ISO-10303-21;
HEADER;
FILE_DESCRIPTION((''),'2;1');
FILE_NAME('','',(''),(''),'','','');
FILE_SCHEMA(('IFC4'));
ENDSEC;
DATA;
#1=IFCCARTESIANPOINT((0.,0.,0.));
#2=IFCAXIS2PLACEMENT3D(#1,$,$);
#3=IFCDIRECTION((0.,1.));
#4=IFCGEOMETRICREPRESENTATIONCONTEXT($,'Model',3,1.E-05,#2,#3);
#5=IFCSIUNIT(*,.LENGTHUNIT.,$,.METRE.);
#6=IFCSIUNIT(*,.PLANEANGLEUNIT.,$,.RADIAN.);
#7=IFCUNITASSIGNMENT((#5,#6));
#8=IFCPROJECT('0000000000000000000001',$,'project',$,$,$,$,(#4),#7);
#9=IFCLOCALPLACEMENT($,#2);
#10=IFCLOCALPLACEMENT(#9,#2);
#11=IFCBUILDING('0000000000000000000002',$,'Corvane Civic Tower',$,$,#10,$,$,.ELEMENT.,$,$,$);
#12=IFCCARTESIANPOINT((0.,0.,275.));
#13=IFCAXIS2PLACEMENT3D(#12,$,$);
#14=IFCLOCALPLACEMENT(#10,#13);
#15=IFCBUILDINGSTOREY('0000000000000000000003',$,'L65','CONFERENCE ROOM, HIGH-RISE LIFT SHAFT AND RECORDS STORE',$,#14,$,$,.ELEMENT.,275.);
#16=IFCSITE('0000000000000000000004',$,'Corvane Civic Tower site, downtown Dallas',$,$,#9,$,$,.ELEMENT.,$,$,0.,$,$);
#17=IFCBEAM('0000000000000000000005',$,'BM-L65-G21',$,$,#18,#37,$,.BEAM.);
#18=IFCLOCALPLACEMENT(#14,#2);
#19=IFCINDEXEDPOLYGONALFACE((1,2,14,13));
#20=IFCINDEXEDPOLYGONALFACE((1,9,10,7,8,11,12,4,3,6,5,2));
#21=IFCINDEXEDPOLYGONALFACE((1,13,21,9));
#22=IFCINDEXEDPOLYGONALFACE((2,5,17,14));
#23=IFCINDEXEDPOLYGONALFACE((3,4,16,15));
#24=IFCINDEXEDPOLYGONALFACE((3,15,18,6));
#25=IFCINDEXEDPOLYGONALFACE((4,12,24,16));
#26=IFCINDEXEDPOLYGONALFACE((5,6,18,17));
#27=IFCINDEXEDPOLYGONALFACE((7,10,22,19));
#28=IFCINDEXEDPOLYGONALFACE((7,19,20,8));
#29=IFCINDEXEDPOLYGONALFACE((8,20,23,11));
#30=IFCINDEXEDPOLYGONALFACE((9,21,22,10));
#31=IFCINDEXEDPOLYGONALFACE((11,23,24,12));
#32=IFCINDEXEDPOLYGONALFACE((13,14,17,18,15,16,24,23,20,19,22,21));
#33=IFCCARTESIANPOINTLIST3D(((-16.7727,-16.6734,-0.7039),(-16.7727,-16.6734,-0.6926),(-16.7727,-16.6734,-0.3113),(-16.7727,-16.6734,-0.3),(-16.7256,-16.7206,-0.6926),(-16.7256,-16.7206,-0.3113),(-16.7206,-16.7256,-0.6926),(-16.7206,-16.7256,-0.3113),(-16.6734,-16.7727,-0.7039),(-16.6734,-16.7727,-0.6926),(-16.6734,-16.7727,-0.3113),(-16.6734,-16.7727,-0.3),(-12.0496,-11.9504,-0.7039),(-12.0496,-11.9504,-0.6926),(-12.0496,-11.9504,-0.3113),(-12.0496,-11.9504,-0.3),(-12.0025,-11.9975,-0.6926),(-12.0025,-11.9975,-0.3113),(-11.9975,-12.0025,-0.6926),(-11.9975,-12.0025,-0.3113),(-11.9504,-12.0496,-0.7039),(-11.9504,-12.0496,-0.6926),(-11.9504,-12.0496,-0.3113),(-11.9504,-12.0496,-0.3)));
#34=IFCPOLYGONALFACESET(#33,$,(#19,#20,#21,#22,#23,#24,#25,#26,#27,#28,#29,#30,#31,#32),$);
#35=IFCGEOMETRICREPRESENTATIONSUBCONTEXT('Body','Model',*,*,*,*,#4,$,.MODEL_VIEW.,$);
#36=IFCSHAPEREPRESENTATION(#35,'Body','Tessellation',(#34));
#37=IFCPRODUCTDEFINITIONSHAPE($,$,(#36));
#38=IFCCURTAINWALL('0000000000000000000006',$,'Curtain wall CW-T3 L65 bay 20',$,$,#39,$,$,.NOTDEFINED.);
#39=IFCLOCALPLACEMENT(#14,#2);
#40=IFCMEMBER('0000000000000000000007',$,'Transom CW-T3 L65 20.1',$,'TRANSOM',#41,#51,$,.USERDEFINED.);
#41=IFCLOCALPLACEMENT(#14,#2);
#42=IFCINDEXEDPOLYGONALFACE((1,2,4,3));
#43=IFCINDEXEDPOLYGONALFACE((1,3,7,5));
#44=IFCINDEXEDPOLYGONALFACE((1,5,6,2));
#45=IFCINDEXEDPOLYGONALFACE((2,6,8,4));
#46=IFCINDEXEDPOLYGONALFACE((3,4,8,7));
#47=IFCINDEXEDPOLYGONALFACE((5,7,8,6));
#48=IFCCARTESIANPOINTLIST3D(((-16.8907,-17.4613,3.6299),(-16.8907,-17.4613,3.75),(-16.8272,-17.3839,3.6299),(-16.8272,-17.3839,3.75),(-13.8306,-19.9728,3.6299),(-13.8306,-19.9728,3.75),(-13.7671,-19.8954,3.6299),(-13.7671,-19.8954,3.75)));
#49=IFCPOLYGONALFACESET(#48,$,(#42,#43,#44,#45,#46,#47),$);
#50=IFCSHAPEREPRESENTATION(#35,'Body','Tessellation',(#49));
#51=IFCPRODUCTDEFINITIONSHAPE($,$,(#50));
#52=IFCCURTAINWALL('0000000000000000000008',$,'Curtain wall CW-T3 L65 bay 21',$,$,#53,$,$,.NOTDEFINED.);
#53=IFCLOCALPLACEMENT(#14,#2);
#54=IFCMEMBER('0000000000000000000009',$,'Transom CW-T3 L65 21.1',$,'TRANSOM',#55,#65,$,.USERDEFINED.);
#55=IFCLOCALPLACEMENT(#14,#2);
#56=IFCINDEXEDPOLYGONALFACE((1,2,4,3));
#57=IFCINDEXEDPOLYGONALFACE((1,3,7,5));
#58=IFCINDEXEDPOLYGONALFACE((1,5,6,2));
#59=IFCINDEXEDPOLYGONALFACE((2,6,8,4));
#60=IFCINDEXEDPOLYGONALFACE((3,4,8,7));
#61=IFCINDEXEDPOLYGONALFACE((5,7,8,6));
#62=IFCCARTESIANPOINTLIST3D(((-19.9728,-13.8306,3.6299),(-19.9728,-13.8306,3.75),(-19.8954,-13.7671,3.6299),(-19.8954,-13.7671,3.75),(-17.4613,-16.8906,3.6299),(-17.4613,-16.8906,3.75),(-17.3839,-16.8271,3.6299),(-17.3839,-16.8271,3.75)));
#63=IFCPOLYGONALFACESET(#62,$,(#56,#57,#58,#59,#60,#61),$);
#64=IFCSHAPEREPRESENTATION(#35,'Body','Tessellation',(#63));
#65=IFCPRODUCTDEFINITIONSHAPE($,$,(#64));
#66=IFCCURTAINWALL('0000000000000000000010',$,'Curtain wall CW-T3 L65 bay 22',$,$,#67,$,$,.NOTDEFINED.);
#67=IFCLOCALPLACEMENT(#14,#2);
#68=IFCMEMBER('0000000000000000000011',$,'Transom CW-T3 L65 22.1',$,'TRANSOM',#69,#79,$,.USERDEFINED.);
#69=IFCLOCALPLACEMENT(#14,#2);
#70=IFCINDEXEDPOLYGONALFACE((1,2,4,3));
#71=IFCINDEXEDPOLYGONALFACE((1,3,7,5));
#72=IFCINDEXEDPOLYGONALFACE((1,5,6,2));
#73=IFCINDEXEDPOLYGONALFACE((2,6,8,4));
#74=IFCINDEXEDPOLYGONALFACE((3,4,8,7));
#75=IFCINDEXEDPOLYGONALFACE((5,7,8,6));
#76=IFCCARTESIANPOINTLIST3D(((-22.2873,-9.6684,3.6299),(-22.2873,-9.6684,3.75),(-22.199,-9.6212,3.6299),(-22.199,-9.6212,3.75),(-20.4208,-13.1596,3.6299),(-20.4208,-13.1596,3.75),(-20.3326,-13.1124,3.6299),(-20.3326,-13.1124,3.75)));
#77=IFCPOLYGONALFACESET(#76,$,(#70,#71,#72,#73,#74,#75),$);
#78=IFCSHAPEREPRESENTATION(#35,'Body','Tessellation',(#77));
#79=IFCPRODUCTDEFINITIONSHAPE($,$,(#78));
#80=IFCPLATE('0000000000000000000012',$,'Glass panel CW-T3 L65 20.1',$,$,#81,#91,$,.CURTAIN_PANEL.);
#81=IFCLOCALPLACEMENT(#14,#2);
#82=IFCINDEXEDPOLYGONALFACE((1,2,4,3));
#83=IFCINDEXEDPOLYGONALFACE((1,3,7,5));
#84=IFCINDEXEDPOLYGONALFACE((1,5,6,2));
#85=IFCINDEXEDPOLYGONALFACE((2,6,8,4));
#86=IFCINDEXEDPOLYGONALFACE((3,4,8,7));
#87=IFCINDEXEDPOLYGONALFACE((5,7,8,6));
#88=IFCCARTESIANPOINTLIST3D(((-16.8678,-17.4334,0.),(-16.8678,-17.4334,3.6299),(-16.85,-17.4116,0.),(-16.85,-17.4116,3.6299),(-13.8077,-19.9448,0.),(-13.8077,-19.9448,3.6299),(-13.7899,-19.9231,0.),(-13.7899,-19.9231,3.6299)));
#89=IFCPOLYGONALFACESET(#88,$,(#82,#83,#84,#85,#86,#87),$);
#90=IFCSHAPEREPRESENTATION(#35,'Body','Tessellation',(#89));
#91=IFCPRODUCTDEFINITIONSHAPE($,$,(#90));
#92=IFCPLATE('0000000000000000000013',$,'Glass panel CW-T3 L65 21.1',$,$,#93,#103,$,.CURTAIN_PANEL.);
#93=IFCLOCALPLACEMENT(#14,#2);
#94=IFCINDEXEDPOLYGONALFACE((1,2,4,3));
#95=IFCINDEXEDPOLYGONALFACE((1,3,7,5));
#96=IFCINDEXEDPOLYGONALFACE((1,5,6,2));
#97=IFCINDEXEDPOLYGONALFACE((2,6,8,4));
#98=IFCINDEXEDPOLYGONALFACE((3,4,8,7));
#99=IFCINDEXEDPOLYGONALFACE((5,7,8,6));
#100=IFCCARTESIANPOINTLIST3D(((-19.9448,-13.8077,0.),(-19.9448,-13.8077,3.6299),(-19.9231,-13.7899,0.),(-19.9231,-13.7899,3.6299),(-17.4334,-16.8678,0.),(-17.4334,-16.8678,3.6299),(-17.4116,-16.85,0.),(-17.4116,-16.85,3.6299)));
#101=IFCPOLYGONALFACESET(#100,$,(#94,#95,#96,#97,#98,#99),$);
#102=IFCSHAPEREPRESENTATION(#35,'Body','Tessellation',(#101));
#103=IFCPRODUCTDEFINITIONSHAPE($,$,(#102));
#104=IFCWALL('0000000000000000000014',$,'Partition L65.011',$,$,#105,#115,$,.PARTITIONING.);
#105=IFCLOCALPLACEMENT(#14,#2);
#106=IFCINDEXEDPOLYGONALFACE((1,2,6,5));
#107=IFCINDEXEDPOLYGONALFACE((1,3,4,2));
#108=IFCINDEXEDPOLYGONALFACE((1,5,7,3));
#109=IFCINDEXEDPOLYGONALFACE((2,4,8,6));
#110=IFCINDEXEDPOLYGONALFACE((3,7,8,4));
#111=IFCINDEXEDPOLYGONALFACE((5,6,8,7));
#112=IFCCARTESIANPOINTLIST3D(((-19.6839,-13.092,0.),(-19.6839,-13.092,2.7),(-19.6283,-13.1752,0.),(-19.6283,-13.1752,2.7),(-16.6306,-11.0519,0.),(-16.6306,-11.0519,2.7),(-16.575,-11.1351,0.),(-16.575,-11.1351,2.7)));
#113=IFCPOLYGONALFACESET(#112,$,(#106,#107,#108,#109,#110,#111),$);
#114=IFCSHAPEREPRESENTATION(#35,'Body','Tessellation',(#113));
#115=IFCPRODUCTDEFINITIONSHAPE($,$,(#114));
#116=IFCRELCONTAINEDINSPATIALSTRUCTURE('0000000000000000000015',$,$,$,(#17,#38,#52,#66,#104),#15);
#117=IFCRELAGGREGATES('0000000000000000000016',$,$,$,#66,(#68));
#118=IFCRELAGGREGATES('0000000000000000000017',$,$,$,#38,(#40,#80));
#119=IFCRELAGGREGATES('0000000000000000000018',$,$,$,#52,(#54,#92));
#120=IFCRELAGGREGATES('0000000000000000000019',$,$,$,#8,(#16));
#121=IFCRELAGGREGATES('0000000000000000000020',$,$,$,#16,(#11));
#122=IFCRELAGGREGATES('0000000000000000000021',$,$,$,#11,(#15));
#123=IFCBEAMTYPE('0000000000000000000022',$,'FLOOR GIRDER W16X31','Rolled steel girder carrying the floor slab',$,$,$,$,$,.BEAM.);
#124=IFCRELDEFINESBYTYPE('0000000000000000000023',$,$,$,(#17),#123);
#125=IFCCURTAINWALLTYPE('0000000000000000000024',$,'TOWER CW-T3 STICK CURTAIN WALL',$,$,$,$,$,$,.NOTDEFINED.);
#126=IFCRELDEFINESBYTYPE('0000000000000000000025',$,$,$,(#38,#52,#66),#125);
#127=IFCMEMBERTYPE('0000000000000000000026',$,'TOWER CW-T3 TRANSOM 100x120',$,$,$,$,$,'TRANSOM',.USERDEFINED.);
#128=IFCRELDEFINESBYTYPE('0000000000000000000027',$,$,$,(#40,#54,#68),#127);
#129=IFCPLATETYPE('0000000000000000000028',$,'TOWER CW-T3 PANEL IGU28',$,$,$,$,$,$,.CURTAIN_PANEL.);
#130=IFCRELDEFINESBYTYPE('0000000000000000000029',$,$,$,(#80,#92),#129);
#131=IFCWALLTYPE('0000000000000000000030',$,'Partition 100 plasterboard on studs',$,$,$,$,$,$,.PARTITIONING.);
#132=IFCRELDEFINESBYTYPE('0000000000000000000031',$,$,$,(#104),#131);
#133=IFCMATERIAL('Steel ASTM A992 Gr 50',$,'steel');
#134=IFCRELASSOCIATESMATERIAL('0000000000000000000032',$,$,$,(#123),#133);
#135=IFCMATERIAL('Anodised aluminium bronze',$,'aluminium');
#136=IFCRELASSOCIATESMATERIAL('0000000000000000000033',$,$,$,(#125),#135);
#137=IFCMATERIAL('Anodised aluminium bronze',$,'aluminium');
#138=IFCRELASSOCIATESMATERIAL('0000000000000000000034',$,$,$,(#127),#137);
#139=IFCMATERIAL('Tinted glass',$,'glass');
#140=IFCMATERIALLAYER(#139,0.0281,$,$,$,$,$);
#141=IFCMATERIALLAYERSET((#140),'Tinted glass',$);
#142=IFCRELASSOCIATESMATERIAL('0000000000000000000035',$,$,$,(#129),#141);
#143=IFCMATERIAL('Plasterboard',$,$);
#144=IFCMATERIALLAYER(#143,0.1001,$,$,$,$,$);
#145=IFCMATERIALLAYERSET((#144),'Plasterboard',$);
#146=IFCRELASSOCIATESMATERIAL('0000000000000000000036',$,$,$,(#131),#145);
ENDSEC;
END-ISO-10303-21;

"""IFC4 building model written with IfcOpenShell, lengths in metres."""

from ifc_helpers import new_model, si_unit, direction, frame, frame_2d, origin, origin_2d, place, context, subcontext, project, spatial, rectangle, i_section, extrude, material, layer, layer_set, material_profile, profile_set, type_object, element, aggregate, save


model = new_model("IFC4")

# Units and contexts
model_context = context("Model", 3, precision=1e-05, world=origin(), true_north=direction((0.0, 1.0)))
body_context = subcontext(model_context, "Body", "Model", "MODEL_VIEW")
ifc_project = project(units=[si_unit("LENGTHUNIT", "METRE"), si_unit("PLANEANGLEUNIT", "RADIAN")], contexts=[model_context])

# Site, building, storey
site_placement = place(None, origin())
site = spatial("IfcSite", under=ifc_project, at=site_placement, Name="Corvane Civic Tower site, downtown Dallas", CompositionType="ELEMENT", RefElevation=0.0)
building_placement = place(site_placement, origin())
building = spatial("IfcBuilding", under=site, at=building_placement, Name="Corvane Civic Tower", CompositionType="ELEMENT")
storey_placement = place(building_placement, frame((0.0, 0.0, 275.0)))
storey = spatial("IfcBuildingStorey", under=building, at=storey_placement, Name="L65", Description="CONFERENCE ROOM, HIGH-RISE LIFT SHAFT AND RECORDS STORE", CompositionType="ELEMENT", Elevation=275.0)

# Beam
ifc_material_1 = material(Name="Steel ASTM A992 Gr 50", Category="steel")
ifc_material_profile_1 = material_profile(ifc_material_1, i_section(OverallWidth=0.1404, OverallDepth=0.4038, WebThickness=0.0071, FlangeThickness=0.0112, at=origin_2d()), Name="W16X31")
ifc_profile_set_1 = profile_set([ifc_material_profile_1], Name="Steel ASTM A992 Gr 50")
beam_type_1 = type_object("IfcBeamType", Name="FLOOR GIRDER W16X31", Description="Rolled steel girder carrying the floor slab", PredefinedType="BEAM", material=ifc_profile_set_1)
beam_1_placement = place(storey_placement, frame((-12.0, -12.0, -0.502), z_axis=(-0.707107, -0.707107, 0.0), x_axis=(0.707107, -0.707107, 0.0)))
element("IfcBeam", 1, at=beam_1_placement, inside=storey, type_object=beam_type_1, Name="BM-L65-G21", PredefinedType="BEAM", context=body_context, shape_type="SweptSolid", body=[
    extrude(i_section(OverallWidth=0.1404, OverallDepth=0.4038, WebThickness=0.0071, FlangeThickness=0.0112, at=origin_2d()), origin(), (0.0, 0.0, 1.0), 6.6794),
])

# Curtain walls, members
ifc_material_2 = material(Name="Anodised aluminium bronze", Category="aluminium")
curtain_wall_type = type_object("IfcCurtainWallType", Name="TOWER CW-T3 STICK CURTAIN WALL", PredefinedType="NOTDEFINED", material=ifc_material_2)
curtain_wall_1_placement = place(storey_placement, origin())
curtain_wall_1 = element("IfcCurtainWall", 2, at=curtain_wall_1_placement, inside=storey, type_object=curtain_wall_type, Name="Curtain wall CW-T3 L65 bay 20", PredefinedType="NOTDEFINED")
ifc_material_3 = material(Name="Anodised aluminium bronze", Category="aluminium")
ifc_material_profile_2 = material_profile(ifc_material_3, rectangle(XDim=0.1001, YDim=0.1201, at=origin_2d()), Name="TOWER CW-T3 TRANSOM 100x120")
ifc_profile_set_2 = profile_set([ifc_material_profile_2], Name="Anodised aluminium bronze")
member_type = type_object("IfcMemberType", Name="TOWER CW-T3 TRANSOM 100x120", ElementType="TRANSOM", PredefinedType="USERDEFINED", material=ifc_profile_set_2)
member_1_placement = place(storey_placement, frame((-13.7988, -19.9341, 3.6899), z_axis=(-0.772992, 0.634416, 0.0), x_axis=(-0.634416, -0.772992, 0.0)))
member_1 = element("IfcMember", 3, at=member_1_placement, type_object=member_type, Name="Transom CW-T3 L65 20.1", ObjectType="TRANSOM", PredefinedType="USERDEFINED", context=body_context, shape_type="SweptSolid", body=[
    extrude(rectangle(XDim=0.1001, YDim=0.1201, at=origin_2d()), origin(), (0.0, 0.0, 1.0), 3.9587),
])
curtain_wall_2_placement = place(storey_placement, origin())
curtain_wall_2 = element("IfcCurtainWall", 4, at=curtain_wall_2_placement, inside=storey, type_object=curtain_wall_type, Name="Curtain wall CW-T3 L65 bay 21", PredefinedType="NOTDEFINED")
member_2_placement = place(storey_placement, frame((-17.4226, -16.8589, 3.6899), z_axis=(-0.634416, 0.772992, 0.0), x_axis=(-0.772992, -0.634416, 0.0)))
member_2 = element("IfcMember", 5, at=member_2_placement, type_object=member_type, Name="Transom CW-T3 L65 21.1", ObjectType="TRANSOM", PredefinedType="USERDEFINED", context=body_context, shape_type="SweptSolid", body=[
    extrude(rectangle(XDim=0.1001, YDim=0.1201, at=origin_2d()), origin(), (0.0, 0.0, 1.0), 3.9587),
])
curtain_wall_3_placement = place(storey_placement, origin())
curtain_wall_3 = element("IfcCurtainWall", 6, at=curtain_wall_3_placement, inside=storey, type_object=curtain_wall_type, Name="Curtain wall CW-T3 L65 bay 22", PredefinedType="NOTDEFINED")
member_3_placement = place(storey_placement, frame((-20.3767, -13.136, 3.6899), z_axis=(-0.471468, 0.881883, 0.0), x_axis=(-0.881883, -0.471468, 0.0)))
member_3 = element("IfcMember", 7, at=member_3_placement, type_object=member_type, Name="Transom CW-T3 L65 22.1", ObjectType="TRANSOM", PredefinedType="USERDEFINED", context=body_context, shape_type="SweptSolid", body=[
    extrude(rectangle(XDim=0.1001, YDim=0.1201, at=origin_2d()), origin(), (0.0, 0.0, 1.0), 3.9587),
])
aggregate(curtain_wall_3, [member_3])

# Plates
ifc_material_4 = material(Name="Tinted glass", Category="glass")
ifc_layer_1 = layer(ifc_material_4, 0.0281)
ifc_layer_set_1 = layer_set([ifc_layer_1], Name="Tinted glass")
plate_type = type_object("IfcPlateType", Name="TOWER CW-T3 PANEL IGU28", PredefinedType="CURTAIN_PANEL", material=ifc_layer_set_1)
plate_1_placement = place(storey_placement, frame((-15.3289, -18.6782, 0.0), z_axis=(0.0, 0.0, 1.0), x_axis=(-0.773001, 0.634405, 0.0)))
plate_1 = element("IfcPlate", 8, at=plate_1_placement, type_object=plate_type, Name="Glass panel CW-T3 L65 20.1", PredefinedType="CURTAIN_PANEL", context=body_context, shape_type="SweptSolid", body=[
    extrude(rectangle(XDim=3.9587, YDim=0.0281, at=origin_2d()), origin(), (0.0, 0.0, 1.0), 3.6299),
])
aggregate(curtain_wall_1, [member_1, plate_1])
plate_2_placement = place(storey_placement, frame((-18.6782, -15.3289, 0.0), z_axis=(0.0, 0.0, 1.0), x_axis=(-0.634405, 0.773001, 0.0)))
plate_2 = element("IfcPlate", 9, at=plate_2_placement, type_object=plate_type, Name="Glass panel CW-T3 L65 21.1", PredefinedType="CURTAIN_PANEL", context=body_context, shape_type="SweptSolid", body=[
    extrude(rectangle(XDim=3.9587, YDim=0.0281, at=origin_2d()), origin(), (0.0, 0.0, 1.0), 3.6299),
])
aggregate(curtain_wall_2, [member_2, plate_2])

# Wall
ifc_material_5 = material(Name="Plasterboard")
ifc_layer_2 = layer(ifc_material_5, 0.1001)
ifc_layer_set_2 = layer_set([ifc_layer_2], Name="Plasterboard")
wall_type_1 = type_object("IfcWallType", Name="Partition 100 plasterboard on studs", PredefinedType="PARTITIONING", material=ifc_layer_set_2)
wall_1_placement = place(storey_placement, frame((-19.656, -13.1335, 0.0), z_axis=(0.0, 0.0, 1.0), x_axis=(0.831477, 0.555559, 0.0)))
element("IfcWall", 10, at=wall_1_placement, inside=storey, type_object=wall_type_1, Name="Partition L65.011", PredefinedType="PARTITIONING", context=body_context, shape_type="SweptSolid", body=[
    extrude(rectangle(XDim=3.6721, YDim=0.1001, at=frame_2d((1.8359, 0.0))), origin(), (0.0, 0.0, 1.0), 2.7),
])

save(model, "model.ifc")
